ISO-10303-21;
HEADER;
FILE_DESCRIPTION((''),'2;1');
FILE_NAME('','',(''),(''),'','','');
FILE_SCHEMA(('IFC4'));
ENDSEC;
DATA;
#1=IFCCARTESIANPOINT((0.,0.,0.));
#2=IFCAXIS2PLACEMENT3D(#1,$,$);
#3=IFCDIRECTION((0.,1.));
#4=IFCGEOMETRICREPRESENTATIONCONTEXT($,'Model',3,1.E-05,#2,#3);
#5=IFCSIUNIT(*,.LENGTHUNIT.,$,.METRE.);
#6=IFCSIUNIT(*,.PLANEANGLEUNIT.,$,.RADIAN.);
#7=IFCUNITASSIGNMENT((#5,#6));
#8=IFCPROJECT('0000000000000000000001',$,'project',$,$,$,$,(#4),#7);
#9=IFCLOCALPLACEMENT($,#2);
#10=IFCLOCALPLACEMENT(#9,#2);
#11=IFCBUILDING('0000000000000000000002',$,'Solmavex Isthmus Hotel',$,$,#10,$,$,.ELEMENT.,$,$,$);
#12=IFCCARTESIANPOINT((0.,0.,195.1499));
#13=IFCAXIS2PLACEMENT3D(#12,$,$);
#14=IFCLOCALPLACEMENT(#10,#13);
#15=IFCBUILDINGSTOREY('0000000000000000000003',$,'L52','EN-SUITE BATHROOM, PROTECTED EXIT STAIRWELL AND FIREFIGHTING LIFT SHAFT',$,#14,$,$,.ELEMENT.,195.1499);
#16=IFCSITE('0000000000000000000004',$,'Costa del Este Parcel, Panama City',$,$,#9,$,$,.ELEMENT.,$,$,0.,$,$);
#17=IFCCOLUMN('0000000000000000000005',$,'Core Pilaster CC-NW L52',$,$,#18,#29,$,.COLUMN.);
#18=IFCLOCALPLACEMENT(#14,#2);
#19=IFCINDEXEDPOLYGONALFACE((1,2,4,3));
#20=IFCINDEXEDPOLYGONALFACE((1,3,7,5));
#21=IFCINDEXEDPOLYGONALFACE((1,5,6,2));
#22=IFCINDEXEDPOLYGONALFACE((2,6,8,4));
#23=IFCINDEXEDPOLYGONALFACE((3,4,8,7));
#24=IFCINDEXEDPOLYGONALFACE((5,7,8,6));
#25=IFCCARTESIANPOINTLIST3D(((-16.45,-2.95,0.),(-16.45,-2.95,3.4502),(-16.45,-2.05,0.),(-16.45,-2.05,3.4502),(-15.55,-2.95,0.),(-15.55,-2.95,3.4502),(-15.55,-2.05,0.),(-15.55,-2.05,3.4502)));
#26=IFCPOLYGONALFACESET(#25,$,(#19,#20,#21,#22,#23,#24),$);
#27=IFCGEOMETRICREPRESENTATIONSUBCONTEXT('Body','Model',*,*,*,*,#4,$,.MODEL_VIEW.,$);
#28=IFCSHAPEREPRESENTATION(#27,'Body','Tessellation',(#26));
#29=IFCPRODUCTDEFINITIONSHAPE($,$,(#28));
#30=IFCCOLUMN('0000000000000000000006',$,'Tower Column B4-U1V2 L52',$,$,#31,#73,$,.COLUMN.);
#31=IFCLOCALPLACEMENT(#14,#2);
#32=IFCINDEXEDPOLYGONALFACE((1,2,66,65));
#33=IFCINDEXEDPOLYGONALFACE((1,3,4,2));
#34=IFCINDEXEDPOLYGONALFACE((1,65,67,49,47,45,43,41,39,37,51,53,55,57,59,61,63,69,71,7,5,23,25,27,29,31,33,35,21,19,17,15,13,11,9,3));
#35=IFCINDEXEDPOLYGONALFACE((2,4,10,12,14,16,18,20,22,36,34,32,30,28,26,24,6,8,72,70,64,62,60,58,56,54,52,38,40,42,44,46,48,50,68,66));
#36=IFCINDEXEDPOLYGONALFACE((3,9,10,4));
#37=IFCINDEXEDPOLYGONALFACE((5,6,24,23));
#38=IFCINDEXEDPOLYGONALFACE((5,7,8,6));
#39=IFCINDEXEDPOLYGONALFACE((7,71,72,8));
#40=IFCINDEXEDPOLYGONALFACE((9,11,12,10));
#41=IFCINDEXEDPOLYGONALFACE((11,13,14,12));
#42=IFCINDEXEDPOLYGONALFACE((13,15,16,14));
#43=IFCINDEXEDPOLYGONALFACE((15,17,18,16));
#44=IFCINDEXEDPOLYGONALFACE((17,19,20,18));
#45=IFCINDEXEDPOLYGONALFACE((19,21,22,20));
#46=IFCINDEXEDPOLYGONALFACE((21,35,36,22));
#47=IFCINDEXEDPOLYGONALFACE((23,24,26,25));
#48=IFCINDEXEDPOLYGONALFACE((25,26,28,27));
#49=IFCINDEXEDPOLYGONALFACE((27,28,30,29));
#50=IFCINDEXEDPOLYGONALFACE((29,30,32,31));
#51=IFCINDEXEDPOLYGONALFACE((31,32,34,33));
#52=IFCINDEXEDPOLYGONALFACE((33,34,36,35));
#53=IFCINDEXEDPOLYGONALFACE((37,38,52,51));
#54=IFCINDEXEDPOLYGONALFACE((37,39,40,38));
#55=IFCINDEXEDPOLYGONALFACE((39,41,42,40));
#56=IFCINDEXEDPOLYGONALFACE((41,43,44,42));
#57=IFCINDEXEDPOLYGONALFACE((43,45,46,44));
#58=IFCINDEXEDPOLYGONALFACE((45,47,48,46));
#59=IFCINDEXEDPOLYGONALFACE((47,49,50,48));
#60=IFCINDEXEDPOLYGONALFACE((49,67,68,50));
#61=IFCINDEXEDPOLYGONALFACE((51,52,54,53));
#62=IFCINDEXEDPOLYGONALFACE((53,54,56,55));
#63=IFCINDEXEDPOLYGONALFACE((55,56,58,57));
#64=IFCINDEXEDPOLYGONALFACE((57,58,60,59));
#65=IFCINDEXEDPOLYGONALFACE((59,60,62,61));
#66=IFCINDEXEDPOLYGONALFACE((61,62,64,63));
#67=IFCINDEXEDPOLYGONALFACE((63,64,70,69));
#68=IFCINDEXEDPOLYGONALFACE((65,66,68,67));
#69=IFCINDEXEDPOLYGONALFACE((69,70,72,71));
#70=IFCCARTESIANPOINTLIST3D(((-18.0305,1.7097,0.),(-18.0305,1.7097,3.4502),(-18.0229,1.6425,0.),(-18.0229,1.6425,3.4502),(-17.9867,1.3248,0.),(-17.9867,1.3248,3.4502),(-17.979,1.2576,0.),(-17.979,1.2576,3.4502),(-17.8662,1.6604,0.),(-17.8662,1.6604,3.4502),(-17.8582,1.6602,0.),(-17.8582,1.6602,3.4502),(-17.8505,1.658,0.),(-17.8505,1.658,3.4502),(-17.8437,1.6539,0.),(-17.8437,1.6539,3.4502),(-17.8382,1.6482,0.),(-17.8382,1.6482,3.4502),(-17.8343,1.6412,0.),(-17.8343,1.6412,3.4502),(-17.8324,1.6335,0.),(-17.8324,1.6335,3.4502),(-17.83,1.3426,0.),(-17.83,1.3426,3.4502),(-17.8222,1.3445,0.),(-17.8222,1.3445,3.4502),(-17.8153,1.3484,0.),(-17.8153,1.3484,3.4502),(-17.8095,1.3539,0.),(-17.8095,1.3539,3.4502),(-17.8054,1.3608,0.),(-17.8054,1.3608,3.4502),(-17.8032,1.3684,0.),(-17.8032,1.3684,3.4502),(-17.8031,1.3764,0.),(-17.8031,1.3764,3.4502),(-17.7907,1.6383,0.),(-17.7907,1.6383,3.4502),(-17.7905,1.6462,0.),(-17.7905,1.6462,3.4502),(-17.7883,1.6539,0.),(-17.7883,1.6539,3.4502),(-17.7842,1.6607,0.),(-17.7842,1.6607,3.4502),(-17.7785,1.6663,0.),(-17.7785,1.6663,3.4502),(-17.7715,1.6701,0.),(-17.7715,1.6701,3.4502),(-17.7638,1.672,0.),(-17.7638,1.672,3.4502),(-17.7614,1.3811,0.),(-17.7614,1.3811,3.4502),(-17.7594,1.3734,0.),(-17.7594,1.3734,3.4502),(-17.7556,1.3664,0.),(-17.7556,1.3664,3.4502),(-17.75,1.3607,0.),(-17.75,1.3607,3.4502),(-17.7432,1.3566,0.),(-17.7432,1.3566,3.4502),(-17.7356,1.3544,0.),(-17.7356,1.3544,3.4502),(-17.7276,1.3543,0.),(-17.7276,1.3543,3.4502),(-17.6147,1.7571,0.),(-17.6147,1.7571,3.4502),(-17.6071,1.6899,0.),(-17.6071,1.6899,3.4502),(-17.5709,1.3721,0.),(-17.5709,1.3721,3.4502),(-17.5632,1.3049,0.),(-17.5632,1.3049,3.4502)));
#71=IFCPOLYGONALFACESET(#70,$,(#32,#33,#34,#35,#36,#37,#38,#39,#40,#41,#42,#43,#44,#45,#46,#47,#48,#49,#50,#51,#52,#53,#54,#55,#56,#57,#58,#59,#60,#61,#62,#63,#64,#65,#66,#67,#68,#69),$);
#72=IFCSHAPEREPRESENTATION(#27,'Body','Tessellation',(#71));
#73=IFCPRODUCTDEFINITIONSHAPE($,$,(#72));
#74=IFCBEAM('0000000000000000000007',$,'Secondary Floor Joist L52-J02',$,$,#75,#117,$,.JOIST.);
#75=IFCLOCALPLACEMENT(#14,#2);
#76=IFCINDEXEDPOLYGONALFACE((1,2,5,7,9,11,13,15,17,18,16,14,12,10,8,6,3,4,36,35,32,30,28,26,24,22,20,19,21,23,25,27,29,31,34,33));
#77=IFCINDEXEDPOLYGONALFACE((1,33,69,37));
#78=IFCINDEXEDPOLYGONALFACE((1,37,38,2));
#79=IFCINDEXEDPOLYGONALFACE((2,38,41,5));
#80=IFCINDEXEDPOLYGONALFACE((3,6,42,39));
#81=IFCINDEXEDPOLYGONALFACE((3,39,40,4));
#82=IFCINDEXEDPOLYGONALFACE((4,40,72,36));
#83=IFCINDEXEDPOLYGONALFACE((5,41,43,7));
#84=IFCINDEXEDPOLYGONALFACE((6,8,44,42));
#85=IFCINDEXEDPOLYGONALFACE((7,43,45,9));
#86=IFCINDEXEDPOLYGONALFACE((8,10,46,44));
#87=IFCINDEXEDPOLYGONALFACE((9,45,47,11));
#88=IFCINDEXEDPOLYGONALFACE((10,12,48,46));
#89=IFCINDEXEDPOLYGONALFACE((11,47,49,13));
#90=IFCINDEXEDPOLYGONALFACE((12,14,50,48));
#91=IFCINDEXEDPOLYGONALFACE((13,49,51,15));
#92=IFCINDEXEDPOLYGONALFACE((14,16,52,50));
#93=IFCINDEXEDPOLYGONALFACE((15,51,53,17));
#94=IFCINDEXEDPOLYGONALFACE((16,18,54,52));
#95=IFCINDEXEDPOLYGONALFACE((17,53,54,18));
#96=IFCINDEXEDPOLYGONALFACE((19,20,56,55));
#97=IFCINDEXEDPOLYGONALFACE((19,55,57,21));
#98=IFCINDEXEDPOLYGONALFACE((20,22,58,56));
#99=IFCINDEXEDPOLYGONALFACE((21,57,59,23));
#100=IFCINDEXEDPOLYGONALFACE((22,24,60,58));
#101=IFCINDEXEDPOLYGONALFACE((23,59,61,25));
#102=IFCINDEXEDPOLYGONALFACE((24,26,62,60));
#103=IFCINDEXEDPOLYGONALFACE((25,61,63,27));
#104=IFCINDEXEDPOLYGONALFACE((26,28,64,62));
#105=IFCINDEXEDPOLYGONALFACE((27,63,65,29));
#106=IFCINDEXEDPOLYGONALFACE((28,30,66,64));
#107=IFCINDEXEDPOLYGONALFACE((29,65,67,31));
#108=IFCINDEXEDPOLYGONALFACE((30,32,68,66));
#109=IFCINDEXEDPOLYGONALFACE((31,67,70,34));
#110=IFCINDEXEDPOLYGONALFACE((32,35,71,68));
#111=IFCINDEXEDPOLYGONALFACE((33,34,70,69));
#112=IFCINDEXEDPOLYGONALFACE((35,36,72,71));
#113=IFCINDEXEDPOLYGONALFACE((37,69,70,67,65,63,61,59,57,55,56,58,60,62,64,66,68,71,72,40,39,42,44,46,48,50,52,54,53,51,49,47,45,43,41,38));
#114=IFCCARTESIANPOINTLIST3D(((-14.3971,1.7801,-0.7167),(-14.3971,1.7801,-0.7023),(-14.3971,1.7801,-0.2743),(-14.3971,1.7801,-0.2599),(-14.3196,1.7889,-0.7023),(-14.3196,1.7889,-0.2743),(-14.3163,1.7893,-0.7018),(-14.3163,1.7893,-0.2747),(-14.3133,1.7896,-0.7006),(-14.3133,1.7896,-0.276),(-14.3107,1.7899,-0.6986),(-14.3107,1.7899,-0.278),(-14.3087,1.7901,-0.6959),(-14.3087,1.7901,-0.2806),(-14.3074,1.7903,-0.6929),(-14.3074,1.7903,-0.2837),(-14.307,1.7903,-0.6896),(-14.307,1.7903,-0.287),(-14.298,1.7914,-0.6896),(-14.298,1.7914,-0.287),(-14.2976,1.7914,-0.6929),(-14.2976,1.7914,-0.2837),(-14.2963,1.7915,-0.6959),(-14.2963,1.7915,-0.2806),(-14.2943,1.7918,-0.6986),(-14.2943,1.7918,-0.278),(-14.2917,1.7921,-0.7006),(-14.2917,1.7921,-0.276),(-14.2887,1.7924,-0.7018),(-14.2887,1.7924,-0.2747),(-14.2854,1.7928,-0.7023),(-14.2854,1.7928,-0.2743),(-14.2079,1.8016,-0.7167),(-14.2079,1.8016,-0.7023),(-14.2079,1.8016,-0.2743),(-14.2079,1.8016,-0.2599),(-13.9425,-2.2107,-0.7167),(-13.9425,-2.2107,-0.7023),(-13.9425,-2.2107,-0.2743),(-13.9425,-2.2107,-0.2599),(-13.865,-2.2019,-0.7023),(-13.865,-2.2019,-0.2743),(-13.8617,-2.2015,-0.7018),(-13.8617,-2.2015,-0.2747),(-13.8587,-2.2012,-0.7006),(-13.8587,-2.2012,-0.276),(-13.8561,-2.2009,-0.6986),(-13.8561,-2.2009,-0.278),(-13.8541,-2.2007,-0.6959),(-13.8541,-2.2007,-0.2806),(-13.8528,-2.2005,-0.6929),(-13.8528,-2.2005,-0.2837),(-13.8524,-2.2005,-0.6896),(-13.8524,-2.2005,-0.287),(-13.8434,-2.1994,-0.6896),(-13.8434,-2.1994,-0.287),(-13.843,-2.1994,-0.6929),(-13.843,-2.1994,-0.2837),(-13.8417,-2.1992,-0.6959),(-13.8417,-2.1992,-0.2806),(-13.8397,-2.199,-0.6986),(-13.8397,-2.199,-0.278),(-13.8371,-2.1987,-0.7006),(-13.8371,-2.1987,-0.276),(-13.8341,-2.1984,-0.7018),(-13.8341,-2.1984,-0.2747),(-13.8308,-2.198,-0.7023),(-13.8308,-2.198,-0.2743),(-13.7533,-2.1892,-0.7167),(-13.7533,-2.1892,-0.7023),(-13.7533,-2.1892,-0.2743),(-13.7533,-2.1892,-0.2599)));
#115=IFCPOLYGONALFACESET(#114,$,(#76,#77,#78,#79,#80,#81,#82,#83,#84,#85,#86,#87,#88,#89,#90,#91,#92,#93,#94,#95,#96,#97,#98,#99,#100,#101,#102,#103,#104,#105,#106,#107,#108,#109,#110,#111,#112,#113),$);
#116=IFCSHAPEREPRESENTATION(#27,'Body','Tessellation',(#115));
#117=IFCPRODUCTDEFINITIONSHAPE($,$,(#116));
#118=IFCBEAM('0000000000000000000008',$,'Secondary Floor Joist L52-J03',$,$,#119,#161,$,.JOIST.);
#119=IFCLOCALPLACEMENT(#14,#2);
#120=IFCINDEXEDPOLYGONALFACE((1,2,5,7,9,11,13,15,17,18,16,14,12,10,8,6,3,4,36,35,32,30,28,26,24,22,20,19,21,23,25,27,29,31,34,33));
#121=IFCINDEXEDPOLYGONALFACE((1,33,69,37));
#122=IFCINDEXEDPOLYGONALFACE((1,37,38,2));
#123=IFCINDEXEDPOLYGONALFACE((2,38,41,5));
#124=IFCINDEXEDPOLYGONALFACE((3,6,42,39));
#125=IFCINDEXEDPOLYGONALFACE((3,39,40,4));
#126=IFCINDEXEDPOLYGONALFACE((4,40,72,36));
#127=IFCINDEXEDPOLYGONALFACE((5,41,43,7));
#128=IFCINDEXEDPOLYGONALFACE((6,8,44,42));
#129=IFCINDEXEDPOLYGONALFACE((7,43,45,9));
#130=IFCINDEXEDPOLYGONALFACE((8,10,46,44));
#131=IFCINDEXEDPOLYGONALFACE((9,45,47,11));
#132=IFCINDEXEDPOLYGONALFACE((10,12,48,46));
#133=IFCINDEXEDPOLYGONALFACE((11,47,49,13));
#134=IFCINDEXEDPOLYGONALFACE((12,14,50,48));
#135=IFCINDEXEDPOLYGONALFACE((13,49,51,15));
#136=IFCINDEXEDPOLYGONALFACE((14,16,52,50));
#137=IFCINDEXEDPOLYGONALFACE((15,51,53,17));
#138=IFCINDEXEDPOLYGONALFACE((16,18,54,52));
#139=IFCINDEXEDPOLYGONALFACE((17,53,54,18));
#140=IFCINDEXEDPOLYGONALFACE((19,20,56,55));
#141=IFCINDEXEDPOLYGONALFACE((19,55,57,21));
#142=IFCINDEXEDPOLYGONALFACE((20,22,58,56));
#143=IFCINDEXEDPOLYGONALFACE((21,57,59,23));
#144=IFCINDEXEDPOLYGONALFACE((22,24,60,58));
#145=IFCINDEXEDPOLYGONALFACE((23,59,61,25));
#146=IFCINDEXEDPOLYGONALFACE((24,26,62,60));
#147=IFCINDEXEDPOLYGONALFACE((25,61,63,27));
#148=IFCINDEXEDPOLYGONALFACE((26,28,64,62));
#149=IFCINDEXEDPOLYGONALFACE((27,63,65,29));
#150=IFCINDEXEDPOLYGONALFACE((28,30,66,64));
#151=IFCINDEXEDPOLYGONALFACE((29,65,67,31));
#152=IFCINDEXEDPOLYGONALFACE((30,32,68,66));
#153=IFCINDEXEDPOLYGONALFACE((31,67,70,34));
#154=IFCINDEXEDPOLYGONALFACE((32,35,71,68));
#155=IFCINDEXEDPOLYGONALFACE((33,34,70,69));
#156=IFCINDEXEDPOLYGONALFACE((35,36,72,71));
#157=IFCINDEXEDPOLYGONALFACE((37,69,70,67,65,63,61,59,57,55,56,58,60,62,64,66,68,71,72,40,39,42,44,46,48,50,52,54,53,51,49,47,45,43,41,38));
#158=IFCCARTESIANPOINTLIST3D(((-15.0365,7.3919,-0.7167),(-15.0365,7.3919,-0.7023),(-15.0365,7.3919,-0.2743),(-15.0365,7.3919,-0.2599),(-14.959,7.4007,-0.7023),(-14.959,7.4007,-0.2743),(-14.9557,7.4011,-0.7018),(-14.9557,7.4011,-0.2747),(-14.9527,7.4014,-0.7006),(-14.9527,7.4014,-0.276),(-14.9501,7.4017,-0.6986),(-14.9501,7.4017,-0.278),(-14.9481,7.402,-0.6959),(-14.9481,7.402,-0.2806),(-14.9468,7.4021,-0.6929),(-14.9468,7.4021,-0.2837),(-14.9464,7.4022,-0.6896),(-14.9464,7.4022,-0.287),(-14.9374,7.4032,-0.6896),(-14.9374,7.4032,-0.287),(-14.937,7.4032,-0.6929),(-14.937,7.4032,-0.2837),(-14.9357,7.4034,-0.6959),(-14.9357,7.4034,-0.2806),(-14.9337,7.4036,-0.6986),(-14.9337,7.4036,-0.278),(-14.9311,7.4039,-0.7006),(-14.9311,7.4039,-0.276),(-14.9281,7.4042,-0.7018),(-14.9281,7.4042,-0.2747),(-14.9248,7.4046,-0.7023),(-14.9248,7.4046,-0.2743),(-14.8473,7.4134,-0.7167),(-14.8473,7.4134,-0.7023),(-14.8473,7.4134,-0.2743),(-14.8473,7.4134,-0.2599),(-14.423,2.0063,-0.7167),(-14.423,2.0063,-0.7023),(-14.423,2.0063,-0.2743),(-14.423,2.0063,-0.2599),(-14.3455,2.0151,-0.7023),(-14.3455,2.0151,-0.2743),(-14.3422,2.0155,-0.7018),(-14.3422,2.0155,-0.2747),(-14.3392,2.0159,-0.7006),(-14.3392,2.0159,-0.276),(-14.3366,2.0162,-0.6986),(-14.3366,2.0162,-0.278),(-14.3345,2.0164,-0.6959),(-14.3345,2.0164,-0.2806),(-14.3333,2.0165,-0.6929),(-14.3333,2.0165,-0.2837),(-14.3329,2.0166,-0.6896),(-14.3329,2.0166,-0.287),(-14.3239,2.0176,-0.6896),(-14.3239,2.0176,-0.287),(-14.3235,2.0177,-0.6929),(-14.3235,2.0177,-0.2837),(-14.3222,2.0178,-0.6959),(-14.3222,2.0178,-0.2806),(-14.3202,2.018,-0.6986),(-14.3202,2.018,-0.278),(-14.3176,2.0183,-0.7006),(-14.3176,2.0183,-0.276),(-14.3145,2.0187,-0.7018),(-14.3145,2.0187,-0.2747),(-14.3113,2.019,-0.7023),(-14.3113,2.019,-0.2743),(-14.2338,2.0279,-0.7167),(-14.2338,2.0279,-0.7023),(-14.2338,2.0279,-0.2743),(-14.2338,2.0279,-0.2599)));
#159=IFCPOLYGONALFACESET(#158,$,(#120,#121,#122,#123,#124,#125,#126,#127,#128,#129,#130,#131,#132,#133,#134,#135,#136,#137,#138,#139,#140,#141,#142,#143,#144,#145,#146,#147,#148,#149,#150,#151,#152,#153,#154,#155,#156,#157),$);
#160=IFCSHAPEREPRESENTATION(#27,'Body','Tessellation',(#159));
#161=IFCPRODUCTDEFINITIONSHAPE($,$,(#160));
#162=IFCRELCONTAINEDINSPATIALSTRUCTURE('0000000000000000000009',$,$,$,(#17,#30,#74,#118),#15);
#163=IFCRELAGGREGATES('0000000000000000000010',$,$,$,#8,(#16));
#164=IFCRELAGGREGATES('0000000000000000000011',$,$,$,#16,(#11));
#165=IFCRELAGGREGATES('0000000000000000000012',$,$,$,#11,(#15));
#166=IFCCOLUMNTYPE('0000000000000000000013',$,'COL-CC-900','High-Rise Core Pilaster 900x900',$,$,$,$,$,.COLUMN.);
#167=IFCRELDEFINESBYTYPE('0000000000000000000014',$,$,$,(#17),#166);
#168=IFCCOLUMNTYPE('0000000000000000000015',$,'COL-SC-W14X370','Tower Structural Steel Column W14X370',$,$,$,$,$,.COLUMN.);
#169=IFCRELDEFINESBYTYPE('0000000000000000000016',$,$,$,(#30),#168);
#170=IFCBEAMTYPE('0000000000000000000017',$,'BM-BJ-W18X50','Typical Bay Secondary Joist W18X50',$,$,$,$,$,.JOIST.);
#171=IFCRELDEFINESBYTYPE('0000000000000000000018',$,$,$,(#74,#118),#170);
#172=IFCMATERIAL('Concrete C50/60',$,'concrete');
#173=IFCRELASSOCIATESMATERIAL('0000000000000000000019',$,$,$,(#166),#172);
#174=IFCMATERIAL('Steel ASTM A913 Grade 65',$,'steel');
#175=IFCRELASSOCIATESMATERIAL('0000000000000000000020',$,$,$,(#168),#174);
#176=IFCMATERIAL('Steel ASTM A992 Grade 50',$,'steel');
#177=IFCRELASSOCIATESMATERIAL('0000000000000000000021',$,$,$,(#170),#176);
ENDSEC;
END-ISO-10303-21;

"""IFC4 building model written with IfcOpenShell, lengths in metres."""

from ifc_helpers import new_model, si_unit, direction, frame, origin, origin_2d, place, context, subcontext, project, spatial, rectangle, i_section, extrude, material, material_profile, profile_set, type_object, element, save


model = new_model("IFC4")

# Units and contexts
model_context = context("Model", 3, precision=1e-05, world=origin(), true_north=direction((0.0, 1.0)))
body_context = subcontext(model_context, "Body", "Model", "MODEL_VIEW")
ifc_project = project(units=[si_unit("LENGTHUNIT", "METRE"), si_unit("PLANEANGLEUNIT", "RADIAN")], contexts=[model_context])

# Site, building, storey
site_placement = place(None, origin())
site = spatial("IfcSite", under=ifc_project, at=site_placement, Name="Costa del Este Parcel, Panama City", CompositionType="ELEMENT", RefElevation=0.0)
building_placement = place(site_placement, origin())
building = spatial("IfcBuilding", under=site, at=building_placement, Name="Solmavex Isthmus Hotel", CompositionType="ELEMENT")
storey_placement = place(building_placement, frame((0.0, 0.0, 195.1499)))
storey = spatial("IfcBuildingStorey", under=building, at=storey_placement, Name="L52", Description="EN-SUITE BATHROOM, PROTECTED EXIT STAIRWELL AND FIREFIGHTING LIFT SHAFT", CompositionType="ELEMENT", Elevation=195.1499)

# Columns
ifc_material_1 = material(Name="Concrete C50/60", Category="concrete")
ifc_material_profile_1 = material_profile(ifc_material_1, rectangle(XDim=0.8999, YDim=0.8999, at=origin_2d()), Name="RC900X900")
ifc_profile_set_1 = profile_set([ifc_material_profile_1], Name="Concrete C50/60")
column_type_1 = type_object("IfcColumnType", Name="COL-CC-900", Description="High-Rise Core Pilaster 900x900", PredefinedType="COLUMN", material=ifc_profile_set_1)
column_1_placement = place(storey_placement, frame((-16.0, -2.5, 0.0), z_axis=(0.0, 0.0, 1.0), x_axis=(1.0, 0.0, 0.0)))
element("IfcColumn", 1, at=column_1_placement, inside=storey, type_object=column_type_1, Name="Core Pilaster CC-NW L52", PredefinedType="COLUMN", context=body_context, shape_type="SweptSolid", body=[
    extrude(rectangle(XDim=0.8999, YDim=0.8999, at=origin_2d()), origin(), (0.0, 0.0, 1.0), 3.4502),
])
ifc_material_2 = material(Name="Steel ASTM A913 Grade 65", Category="steel")
ifc_material_profile_2 = material_profile(ifc_material_2, i_section(OverallWidth=0.4185, OverallDepth=0.4551, WebThickness=0.042, FlangeThickness=0.0676, FilletRadius=0.0305, at=origin_2d()), Name="W14X370")
ifc_profile_set_2 = profile_set([ifc_material_profile_2], Name="Steel ASTM A913 Grade 65")
column_type_2 = type_object("IfcColumnType", Name="COL-SC-W14X370", Description="Tower Structural Steel Column W14X370", PredefinedType="COLUMN", material=ifc_profile_set_2)
column_2_placement = place(storey_placement, frame((-17.7969, 1.5073, 0.0), z_axis=(0.0, 0.0, 1.0), x_axis=(0.993572, 0.113203, 0.0)))
element("IfcColumn", 2, at=column_2_placement, inside=storey, type_object=column_type_2, Name="Tower Column B4-U1V2 L52", PredefinedType="COLUMN", context=body_context, shape_type="SweptSolid", body=[
    extrude(i_section(OverallWidth=0.4185, OverallDepth=0.4551, WebThickness=0.042, FlangeThickness=0.0676, FilletRadius=0.0305, at=origin_2d()), origin(), (0.0, 0.0, 1.0), 3.4502),
])

# Beams
ifc_material_3 = material(Name="Steel ASTM A992 Grade 50", Category="steel")
ifc_material_profile_3 = material_profile(ifc_material_3, i_section(OverallWidth=0.1904, OverallDepth=0.4568, WebThickness=0.009, FlangeThickness=0.0144, FilletRadius=0.0127, at=origin_2d()), Name="W18X50")
ifc_profile_set_3 = profile_set([ifc_material_profile_3], Name="Steel ASTM A992 Grade 50")
beam_type_1 = type_object("IfcBeamType", Name="BM-BJ-W18X50", Description="Typical Bay Secondary Joist W18X50", PredefinedType="JOIST", material=ifc_profile_set_3)
beam_1_placement = place(storey_placement, frame((-13.8479, -2.2, -0.4883), z_axis=(-0.11318, 0.993575, 0.0), x_axis=(-0.993575, -0.11318, 0.0)))
element("IfcBeam", 3, at=beam_1_placement, inside=storey, type_object=beam_type_1, Name="Secondary Floor Joist L52-J02", PredefinedType="JOIST", context=body_context, shape_type="SweptSolid", body=[
    extrude(i_section(OverallWidth=0.1904, OverallDepth=0.4568, WebThickness=0.009, FlangeThickness=0.0144, FilletRadius=0.0127, at=origin_2d()), origin(), (0.0, 0.0, 1.0), 4.0166),
])
beam_2_placement = place(storey_placement, frame((-14.3284, 2.0171, -0.4883), z_axis=(-0.11319, 0.993573, 0.0), x_axis=(-0.993573, -0.11319, 0.0)))
element("IfcBeam", 4, at=beam_2_placement, inside=storey, type_object=beam_type_1, Name="Secondary Floor Joist L52-J03", PredefinedType="JOIST", context=body_context, shape_type="SweptSolid", body=[
    extrude(i_section(OverallWidth=0.1904, OverallDepth=0.4568, WebThickness=0.009, FlangeThickness=0.0144, FilletRadius=0.0127, at=origin_2d()), origin(), (0.0, 0.0, 1.0), 5.4204),
])

save(model, "model.ifc")
